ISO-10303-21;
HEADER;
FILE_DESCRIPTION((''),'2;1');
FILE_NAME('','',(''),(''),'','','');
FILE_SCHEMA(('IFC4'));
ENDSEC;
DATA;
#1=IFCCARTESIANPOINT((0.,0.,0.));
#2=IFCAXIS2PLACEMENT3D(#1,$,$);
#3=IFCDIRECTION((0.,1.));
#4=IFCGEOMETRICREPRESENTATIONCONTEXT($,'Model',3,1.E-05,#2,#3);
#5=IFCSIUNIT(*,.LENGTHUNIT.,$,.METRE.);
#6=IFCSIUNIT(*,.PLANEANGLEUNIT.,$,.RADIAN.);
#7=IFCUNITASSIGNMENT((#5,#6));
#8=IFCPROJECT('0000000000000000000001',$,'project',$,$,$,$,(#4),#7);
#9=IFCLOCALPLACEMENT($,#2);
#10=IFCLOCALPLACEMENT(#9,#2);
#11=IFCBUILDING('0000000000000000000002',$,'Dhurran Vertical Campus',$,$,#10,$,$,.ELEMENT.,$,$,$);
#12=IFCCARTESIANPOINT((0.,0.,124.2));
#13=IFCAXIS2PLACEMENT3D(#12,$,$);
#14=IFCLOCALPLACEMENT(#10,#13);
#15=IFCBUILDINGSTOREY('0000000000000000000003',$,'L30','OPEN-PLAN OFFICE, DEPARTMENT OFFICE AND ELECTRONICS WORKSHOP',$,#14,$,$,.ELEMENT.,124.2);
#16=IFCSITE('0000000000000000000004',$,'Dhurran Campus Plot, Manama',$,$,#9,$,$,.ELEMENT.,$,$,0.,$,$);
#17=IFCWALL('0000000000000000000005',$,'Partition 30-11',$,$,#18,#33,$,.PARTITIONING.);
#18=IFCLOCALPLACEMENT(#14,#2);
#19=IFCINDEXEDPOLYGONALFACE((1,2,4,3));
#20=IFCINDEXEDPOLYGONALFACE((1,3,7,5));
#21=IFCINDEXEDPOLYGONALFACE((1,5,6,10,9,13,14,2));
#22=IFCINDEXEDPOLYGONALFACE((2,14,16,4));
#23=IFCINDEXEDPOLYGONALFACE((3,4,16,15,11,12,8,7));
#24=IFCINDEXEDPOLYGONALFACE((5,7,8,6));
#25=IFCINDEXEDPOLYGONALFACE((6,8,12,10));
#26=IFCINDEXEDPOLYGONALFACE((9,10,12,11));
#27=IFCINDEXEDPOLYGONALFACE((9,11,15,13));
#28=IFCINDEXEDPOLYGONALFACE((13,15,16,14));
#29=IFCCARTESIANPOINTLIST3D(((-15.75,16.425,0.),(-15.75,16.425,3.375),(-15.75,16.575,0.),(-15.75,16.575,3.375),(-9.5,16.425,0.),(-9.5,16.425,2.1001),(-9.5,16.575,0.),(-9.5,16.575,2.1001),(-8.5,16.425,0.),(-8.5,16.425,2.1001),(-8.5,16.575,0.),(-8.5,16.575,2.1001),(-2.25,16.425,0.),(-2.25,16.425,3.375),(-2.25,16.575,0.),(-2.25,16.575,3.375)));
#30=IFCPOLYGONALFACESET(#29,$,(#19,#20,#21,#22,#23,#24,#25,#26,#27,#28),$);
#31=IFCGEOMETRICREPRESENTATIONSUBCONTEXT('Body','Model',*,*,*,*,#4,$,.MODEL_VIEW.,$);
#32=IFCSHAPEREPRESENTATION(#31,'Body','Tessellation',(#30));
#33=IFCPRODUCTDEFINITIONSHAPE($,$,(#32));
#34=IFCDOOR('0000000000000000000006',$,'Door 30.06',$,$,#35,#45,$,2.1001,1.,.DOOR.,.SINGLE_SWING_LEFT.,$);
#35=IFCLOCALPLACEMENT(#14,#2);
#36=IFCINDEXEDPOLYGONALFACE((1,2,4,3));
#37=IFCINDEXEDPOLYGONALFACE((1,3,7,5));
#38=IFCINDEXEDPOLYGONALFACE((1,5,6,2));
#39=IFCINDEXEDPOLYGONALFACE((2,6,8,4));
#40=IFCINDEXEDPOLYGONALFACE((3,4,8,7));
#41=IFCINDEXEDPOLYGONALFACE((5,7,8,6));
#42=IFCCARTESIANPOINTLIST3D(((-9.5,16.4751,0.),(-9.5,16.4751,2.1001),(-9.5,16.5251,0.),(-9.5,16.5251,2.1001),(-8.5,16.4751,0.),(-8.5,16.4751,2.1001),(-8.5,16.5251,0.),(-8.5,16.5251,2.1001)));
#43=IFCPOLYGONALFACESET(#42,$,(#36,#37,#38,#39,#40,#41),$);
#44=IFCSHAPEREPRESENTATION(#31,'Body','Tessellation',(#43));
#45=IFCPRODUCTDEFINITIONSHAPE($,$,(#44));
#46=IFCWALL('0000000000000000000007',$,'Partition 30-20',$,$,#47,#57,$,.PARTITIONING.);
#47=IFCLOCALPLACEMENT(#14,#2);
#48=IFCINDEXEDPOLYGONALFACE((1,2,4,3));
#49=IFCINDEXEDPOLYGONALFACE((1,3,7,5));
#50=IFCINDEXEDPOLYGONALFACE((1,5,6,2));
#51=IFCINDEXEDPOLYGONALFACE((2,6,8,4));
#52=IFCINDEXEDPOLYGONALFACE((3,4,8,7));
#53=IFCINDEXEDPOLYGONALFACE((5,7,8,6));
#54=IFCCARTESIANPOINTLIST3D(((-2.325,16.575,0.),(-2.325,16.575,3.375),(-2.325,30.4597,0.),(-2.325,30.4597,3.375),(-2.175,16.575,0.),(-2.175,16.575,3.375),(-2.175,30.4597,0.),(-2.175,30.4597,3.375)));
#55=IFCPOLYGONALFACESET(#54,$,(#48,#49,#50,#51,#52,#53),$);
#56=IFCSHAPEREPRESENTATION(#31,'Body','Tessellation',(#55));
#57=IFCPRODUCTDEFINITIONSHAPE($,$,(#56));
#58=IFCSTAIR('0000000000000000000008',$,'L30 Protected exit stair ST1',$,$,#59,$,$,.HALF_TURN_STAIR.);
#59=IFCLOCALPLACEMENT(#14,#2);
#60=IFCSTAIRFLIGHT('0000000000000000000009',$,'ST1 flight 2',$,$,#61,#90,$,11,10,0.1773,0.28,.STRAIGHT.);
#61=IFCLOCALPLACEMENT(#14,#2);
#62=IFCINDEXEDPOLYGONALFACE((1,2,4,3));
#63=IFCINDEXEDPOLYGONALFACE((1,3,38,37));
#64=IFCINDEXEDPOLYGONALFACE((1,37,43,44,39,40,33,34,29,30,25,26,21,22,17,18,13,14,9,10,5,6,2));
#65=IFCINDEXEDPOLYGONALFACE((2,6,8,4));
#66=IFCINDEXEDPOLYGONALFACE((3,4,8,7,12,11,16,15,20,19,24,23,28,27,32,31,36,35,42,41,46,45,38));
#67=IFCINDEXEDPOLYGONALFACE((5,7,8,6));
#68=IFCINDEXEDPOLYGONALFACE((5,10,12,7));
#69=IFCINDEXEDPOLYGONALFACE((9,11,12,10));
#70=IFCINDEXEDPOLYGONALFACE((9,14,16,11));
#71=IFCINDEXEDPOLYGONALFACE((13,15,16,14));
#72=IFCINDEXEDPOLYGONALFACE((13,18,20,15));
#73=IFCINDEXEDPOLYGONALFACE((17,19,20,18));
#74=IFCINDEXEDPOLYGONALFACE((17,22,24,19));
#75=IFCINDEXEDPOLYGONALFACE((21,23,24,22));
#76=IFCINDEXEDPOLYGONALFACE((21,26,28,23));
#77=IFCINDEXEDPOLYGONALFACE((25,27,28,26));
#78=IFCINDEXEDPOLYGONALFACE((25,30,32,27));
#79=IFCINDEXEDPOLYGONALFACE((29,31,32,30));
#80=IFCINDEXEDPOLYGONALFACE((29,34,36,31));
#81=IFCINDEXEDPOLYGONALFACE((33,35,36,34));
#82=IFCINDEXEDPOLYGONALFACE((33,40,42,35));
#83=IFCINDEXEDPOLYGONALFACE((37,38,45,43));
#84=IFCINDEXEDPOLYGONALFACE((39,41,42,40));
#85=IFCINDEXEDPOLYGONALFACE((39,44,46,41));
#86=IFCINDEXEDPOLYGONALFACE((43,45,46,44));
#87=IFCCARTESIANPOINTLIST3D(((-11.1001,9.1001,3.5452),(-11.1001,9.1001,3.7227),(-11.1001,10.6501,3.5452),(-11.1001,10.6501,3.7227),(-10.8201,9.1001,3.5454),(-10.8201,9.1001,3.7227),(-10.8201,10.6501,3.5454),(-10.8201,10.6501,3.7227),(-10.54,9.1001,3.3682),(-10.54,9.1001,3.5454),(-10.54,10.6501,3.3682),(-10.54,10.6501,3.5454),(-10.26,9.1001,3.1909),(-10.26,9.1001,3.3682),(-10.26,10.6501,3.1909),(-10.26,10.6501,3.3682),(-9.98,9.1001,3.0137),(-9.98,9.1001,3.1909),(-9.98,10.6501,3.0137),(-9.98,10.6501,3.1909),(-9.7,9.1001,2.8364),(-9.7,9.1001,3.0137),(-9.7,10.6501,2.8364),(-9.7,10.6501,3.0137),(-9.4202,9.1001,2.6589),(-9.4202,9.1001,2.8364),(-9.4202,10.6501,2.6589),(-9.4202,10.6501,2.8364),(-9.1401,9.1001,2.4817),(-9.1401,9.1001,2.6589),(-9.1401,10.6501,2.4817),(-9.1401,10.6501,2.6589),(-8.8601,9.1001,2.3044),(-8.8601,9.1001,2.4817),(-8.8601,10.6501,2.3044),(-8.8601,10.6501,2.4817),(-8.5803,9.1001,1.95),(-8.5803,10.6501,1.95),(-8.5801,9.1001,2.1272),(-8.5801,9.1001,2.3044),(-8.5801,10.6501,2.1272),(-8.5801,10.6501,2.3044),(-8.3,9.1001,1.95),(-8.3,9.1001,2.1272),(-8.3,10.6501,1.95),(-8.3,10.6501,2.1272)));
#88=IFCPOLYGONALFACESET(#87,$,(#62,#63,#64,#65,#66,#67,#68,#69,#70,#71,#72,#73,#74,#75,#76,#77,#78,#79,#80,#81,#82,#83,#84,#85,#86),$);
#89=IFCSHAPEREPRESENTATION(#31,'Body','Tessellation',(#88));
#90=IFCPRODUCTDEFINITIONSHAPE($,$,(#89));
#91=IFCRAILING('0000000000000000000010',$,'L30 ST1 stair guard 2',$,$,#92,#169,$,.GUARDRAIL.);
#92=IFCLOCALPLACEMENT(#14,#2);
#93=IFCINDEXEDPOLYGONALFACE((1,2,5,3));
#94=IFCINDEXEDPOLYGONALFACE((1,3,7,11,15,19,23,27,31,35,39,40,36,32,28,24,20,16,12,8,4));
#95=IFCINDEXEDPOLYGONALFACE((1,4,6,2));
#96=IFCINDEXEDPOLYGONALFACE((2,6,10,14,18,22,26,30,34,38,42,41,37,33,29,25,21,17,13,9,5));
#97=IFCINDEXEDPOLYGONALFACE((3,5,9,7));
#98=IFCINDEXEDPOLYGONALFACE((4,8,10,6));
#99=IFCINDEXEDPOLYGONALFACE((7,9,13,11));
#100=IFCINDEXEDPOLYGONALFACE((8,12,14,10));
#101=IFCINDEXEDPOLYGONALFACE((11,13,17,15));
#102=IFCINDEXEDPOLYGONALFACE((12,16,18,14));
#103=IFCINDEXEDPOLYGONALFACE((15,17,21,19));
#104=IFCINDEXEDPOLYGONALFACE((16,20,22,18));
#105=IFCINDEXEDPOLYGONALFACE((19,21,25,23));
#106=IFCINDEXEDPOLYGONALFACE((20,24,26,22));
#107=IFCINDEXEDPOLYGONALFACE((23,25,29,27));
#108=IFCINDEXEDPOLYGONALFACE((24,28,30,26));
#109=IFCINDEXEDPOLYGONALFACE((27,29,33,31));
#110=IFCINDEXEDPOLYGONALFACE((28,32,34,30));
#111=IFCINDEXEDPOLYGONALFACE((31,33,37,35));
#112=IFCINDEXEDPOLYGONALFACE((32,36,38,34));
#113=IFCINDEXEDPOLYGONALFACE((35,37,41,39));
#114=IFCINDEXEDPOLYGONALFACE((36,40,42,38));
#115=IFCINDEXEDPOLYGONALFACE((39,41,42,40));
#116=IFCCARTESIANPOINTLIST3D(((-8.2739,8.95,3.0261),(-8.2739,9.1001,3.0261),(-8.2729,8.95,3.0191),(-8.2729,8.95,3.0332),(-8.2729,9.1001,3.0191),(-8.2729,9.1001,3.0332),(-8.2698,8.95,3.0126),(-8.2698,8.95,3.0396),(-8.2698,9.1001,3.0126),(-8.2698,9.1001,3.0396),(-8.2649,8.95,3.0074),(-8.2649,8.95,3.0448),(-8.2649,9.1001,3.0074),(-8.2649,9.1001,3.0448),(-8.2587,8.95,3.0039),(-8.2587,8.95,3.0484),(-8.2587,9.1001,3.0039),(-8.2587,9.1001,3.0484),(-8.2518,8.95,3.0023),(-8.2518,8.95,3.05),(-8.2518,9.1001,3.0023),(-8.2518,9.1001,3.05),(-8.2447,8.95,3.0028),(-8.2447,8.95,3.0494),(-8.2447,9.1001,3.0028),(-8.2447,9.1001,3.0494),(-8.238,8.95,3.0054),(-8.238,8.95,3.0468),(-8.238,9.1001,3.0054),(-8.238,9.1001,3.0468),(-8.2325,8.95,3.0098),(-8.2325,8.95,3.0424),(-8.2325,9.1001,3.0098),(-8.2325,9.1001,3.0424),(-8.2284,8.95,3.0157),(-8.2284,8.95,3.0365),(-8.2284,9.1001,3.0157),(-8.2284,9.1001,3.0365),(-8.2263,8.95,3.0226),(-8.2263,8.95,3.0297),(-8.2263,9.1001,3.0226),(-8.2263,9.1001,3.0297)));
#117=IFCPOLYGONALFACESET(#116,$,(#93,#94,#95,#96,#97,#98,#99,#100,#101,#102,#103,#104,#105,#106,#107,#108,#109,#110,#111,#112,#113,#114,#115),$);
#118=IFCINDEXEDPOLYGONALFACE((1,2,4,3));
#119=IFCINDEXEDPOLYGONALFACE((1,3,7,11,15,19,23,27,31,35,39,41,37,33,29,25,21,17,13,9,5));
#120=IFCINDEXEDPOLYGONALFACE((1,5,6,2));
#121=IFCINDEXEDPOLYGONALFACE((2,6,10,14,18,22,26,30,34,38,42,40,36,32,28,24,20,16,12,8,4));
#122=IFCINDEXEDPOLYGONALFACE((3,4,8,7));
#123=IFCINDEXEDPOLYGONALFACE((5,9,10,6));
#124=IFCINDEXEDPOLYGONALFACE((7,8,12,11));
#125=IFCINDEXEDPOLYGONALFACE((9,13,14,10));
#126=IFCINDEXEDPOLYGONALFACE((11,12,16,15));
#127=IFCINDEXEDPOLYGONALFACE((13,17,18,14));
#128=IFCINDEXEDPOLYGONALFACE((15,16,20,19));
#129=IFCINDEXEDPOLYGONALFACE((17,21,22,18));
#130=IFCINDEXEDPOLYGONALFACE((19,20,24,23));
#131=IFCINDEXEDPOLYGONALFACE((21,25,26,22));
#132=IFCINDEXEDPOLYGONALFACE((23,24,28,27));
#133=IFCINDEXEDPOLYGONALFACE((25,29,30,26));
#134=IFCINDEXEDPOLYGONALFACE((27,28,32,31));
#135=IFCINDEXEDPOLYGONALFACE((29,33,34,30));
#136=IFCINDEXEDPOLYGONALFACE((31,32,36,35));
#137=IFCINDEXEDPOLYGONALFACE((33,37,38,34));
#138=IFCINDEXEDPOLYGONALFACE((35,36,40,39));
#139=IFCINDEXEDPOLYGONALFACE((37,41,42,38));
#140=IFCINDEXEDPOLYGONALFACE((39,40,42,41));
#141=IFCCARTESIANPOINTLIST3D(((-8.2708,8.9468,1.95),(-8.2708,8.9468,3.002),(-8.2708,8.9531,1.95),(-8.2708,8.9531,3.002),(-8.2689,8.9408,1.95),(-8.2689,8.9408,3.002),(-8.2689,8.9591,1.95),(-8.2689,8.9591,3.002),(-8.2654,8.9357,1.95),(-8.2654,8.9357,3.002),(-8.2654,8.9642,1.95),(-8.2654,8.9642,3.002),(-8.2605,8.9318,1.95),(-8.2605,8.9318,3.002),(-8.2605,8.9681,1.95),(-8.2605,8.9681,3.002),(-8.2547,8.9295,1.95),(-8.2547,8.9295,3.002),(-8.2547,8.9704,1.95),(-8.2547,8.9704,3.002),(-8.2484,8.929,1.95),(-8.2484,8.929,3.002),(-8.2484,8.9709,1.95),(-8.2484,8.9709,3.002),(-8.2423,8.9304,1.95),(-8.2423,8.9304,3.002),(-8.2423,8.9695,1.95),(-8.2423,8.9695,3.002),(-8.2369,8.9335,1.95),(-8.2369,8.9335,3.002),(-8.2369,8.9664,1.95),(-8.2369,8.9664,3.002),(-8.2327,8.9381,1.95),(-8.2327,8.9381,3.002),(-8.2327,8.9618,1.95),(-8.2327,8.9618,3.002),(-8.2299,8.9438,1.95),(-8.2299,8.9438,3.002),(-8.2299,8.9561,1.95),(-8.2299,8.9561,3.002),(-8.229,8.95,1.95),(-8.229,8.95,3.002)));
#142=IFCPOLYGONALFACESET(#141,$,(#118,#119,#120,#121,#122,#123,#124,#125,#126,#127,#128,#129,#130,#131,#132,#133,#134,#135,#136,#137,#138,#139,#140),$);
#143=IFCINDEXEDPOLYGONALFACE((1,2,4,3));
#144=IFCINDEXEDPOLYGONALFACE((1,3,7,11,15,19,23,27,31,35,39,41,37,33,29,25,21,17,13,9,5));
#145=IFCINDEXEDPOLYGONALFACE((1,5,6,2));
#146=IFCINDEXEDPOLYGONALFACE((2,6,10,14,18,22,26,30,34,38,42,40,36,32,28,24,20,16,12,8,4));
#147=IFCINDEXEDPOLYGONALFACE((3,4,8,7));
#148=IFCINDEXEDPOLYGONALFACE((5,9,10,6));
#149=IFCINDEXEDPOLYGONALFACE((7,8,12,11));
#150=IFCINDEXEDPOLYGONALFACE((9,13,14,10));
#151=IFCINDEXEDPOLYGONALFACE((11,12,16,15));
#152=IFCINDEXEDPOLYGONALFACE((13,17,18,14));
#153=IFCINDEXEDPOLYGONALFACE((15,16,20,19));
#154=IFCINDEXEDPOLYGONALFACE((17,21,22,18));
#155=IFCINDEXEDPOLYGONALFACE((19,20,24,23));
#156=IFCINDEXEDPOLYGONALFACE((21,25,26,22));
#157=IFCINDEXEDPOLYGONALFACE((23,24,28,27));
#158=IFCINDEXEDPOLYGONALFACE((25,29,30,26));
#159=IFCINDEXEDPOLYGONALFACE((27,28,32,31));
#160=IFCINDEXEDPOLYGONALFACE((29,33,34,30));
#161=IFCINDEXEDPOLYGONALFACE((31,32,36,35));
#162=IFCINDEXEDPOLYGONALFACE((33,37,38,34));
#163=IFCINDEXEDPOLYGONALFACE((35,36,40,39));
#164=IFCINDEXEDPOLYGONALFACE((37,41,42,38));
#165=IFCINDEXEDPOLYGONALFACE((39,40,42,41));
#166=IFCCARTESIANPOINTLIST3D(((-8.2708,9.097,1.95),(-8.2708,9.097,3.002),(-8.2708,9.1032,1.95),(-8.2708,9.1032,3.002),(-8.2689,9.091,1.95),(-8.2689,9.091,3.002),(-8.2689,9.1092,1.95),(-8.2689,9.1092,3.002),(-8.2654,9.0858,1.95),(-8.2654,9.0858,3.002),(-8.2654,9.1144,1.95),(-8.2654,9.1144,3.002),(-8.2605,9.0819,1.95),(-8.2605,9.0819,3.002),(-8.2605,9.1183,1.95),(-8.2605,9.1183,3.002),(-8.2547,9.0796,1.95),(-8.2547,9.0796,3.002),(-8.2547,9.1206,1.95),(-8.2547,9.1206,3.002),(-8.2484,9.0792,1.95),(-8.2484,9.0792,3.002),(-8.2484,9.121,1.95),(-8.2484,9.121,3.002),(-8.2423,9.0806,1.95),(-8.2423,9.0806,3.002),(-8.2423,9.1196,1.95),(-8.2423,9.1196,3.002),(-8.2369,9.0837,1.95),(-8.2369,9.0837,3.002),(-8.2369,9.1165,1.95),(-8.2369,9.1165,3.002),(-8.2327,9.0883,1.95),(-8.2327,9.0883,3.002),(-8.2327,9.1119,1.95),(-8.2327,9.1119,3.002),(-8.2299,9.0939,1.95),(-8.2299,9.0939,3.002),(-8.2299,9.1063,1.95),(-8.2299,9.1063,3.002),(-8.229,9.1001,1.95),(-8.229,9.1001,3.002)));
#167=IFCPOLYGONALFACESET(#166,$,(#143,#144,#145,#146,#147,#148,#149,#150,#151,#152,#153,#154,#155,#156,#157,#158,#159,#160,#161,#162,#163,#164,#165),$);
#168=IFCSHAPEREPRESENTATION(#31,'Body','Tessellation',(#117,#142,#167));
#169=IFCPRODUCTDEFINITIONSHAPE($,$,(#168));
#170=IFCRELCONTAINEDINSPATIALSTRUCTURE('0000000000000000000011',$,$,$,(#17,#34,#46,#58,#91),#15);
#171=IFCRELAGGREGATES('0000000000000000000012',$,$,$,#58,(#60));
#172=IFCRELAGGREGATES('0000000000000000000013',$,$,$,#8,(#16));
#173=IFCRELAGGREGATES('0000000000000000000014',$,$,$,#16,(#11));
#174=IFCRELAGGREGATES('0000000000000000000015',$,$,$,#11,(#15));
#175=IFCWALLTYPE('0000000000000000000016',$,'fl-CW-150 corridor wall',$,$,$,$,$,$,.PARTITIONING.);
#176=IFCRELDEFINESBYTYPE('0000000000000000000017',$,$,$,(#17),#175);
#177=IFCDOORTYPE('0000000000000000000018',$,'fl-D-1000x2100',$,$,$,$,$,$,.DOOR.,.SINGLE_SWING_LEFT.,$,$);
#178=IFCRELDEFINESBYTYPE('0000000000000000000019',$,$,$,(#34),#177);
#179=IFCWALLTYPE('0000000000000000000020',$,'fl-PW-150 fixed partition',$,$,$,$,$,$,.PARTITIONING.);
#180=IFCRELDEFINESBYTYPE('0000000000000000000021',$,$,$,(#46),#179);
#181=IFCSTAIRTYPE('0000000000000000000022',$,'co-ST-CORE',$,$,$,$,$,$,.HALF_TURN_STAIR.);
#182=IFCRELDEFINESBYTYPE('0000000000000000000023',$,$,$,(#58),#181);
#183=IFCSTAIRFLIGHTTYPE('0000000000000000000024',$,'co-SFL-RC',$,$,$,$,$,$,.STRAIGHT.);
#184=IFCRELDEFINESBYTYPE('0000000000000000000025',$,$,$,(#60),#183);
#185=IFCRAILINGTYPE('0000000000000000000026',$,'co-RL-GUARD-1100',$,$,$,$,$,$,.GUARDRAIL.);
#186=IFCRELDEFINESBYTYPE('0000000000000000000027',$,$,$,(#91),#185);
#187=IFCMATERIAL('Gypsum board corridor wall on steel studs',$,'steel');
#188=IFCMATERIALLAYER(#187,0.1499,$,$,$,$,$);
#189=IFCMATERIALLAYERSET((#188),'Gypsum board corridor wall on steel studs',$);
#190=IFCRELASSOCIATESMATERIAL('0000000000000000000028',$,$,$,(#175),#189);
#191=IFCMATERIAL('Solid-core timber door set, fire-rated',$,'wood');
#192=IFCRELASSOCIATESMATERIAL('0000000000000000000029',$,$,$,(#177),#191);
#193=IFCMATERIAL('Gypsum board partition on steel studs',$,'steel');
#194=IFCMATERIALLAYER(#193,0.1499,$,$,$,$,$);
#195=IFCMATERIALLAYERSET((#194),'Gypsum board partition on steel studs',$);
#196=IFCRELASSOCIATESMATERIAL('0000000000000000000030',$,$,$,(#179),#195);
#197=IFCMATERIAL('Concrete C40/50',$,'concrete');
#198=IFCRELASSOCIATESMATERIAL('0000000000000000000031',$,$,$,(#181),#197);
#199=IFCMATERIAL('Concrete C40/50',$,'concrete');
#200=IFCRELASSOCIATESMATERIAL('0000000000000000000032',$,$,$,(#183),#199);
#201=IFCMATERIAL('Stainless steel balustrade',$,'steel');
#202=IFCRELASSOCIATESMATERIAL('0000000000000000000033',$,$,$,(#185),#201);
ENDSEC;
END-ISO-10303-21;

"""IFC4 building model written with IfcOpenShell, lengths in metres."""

from ifc_helpers import new_model, si_unit, direction, frame, frame_2d, origin, origin_2d, place, context, subcontext, project, spatial, polyline, rectangle, circle, outline, extrude, material, layer, layer_set, type_object, element, fill, aggregate, save


model = new_model("IFC4")

# Units and contexts
model_context = context("Model", 3, precision=1e-05, world=origin(), true_north=direction((0.0, 1.0)))
body_context = subcontext(model_context, "Body", "Model", "MODEL_VIEW")
ifc_project = project(units=[si_unit("LENGTHUNIT", "METRE"), si_unit("PLANEANGLEUNIT", "RADIAN")], contexts=[model_context])

# Site, building, storey
site_placement = place(None, origin())
site = spatial("IfcSite", under=ifc_project, at=site_placement, Name="Dhurran Campus Plot, Manama", CompositionType="ELEMENT", RefElevation=0.0)
building_placement = place(site_placement, origin())
building = spatial("IfcBuilding", under=site, at=building_placement, Name="Dhurran Vertical Campus", CompositionType="ELEMENT")
storey_placement = place(building_placement, frame((0.0, 0.0, 124.2)))
storey = spatial("IfcBuildingStorey", under=building, at=storey_placement, Name="L30", Description="OPEN-PLAN OFFICE, DEPARTMENT OFFICE AND ELECTRONICS WORKSHOP", CompositionType="ELEMENT", Elevation=124.2)

# Wall, opening, door
ifc_material_1 = material(Name="Gypsum board corridor wall on steel studs", Category="steel")
ifc_layer_1 = layer(ifc_material_1, 0.1499)
ifc_layer_set_1 = layer_set([ifc_layer_1], Name="Gypsum board corridor wall on steel studs")
wall_type_1 = type_object("IfcWallType", Name="fl-CW-150 corridor wall", PredefinedType="PARTITIONING", material=ifc_layer_set_1)
wall_1_placement = place(storey_placement, frame((-2.25, 16.5, 0.0), z_axis=(0.0, 0.0, 1.0), x_axis=(-1.0, 0.0, 0.0)))
wall_1 = element("IfcWall", 1, at=wall_1_placement, inside=storey, type_object=wall_type_1, Name="Partition 30-11", PredefinedType="PARTITIONING", context=body_context, shape_type="SweptSolid", body=[
    extrude(rectangle(XDim=13.5, YDim=0.1499, at=frame_2d((6.75, 0.0))), origin(), (0.0, 0.0, 1.0), 3.375),
])
opening_1_placement = place(wall_1_placement, frame((6.25, 0.0, 0.0)))
opening_1 = element("IfcOpeningElement", 2, at=opening_1_placement, cuts=wall_1, PredefinedType="OPENING", context=body_context, shape_type="SweptSolid", body=[
    extrude(rectangle(XDim=1.0, YDim=2.1001, at=frame_2d((0.5, 1.05))), frame((0.0, 0.085, 0.0), z_axis=(0.0, -1.0, 0.0), x_axis=(1.0, 0.0, 0.0)), (0.0, 0.0, 1.0), 0.1699),
])
ifc_material_2 = material(Name="Solid-core timber door set, fire-rated", Category="wood")
door_type_1 = type_object("IfcDoorType", Name="fl-D-1000x2100", OperationType="SINGLE_SWING_LEFT", PredefinedType="DOOR", material=ifc_material_2)
door_1_placement = place(opening_1_placement, origin())
door_1 = element("IfcDoor", 3, at=door_1_placement, inside=storey, type_object=door_type_1, Name="Door 30.06", OperationType="SINGLE_SWING_LEFT", OverallHeight=2.1001, OverallWidth=1.0, PredefinedType="DOOR", context=body_context, shape_type="SweptSolid", body=[
    extrude(rectangle(XDim=1.0, YDim=2.1001, at=frame_2d((0.5, 1.05))), frame((0.0, 0.0249, 0.0), z_axis=(0.0, -1.0, 0.0), x_axis=(1.0, 0.0, 0.0)), (0.0, 0.0, 1.0), 0.05),
])
fill(opening_1, door_1)

# Wall
ifc_material_3 = material(Name="Gypsum board partition on steel studs", Category="steel")
ifc_layer_2 = layer(ifc_material_3, 0.1499)
ifc_layer_set_2 = layer_set([ifc_layer_2], Name="Gypsum board partition on steel studs")
wall_type_2 = type_object("IfcWallType", Name="fl-PW-150 fixed partition", PredefinedType="PARTITIONING", material=ifc_layer_set_2)
wall_2_placement = place(storey_placement, frame((-2.25, 30.4597, 0.0), z_axis=(0.0, 0.0, 1.0), x_axis=(0.0, -1.0, 0.0)))
element("IfcWall", 4, at=wall_2_placement, inside=storey, type_object=wall_type_2, Name="Partition 30-20", PredefinedType="PARTITIONING", context=body_context, shape_type="SweptSolid", body=[
    extrude(rectangle(XDim=13.8848, YDim=0.1499, at=frame_2d((6.9424, 0.0))), origin(), (0.0, 0.0, 1.0), 3.375),
])

# Stair, stair flight
ifc_material_4 = material(Name="Concrete C40/50", Category="concrete")
stair_type = type_object("IfcStairType", Name="co-ST-CORE", PredefinedType="HALF_TURN_STAIR", material=ifc_material_4)
stair_placement = place(storey_placement, origin())
stair = element("IfcStair", 5, at=stair_placement, inside=storey, type_object=stair_type, Name="L30 Protected exit stair ST1", PredefinedType="HALF_TURN_STAIR")
ifc_material_5 = material(Name="Concrete C40/50", Category="concrete")
stair_flight_type = type_object("IfcStairFlightType", Name="co-SFL-RC", PredefinedType="STRAIGHT", material=ifc_material_5)
stair_flight_placement = place(storey_placement, frame((-8.3, 9.875, 1.95), z_axis=(0.0, 0.0, 1.0), x_axis=(-1.0, 0.0, 0.0)))
stair_flight = element("IfcStairFlight", 6, at=stair_flight_placement, type_object=stair_flight_type, Name="ST1 flight 2", NumberOfRisers=11, NumberOfTreads=10, PredefinedType="STRAIGHT", RiserHeight=0.1773, TreadLength=0.28, context=body_context, shape_type="SweptSolid", body=[
    extrude(outline(polyline([(0.0, 0.0), (0.0, 0.1772), (0.28, 0.1772), (0.28, 0.3545), (0.5601, 0.3545), (0.5601, 0.5317), (0.8401, 0.5317), (0.8401, 0.709), (1.1201, 0.709), (1.1201, 0.8865), (1.3999, 0.8865), (1.3999, 1.0637), (1.6799, 1.0637), (1.6799, 1.241), (1.96, 1.241), (1.96, 1.4182), (2.24, 1.4182), (2.24, 1.5955), (2.52, 1.5955), (2.52, 1.7727), (2.8, 1.7727), (2.8, 1.95), (2.8, 1.5952), (0.2803, 0.0), (0.0, 0.0)])), frame((0.0, 0.7749, 0.0), z_axis=(0.0, -1.0, 0.0), x_axis=(1.0, 0.0, 0.0)), (0.0, 0.0, 1.0), 1.55),
])
aggregate(stair, [stair_flight])

# Railing
ifc_material_6 = material(Name="Stainless steel balustrade", Category="steel")
railing_type_1 = type_object("IfcRailingType", Name="co-RL-GUARD-1100", PredefinedType="GUARDRAIL", material=ifc_material_6)
railing_1_placement = place(storey_placement, frame((-8.25, 8.95, 1.95)))
element("IfcRailing", 7, at=railing_1_placement, inside=storey, type_object=railing_type_1, Name="L30 ST1 stair guard 2", PredefinedType="GUARDRAIL", context=body_context, shape_type="SweptSolid", body=[
    extrude(circle(Radius=0.0239, at=origin_2d()), frame((0.0, 0.0, 1.0762), z_axis=(0.0, 1.0, 0.0), x_axis=(-1.0, 0.0, 0.0)), (0.0, 0.0, 1.0), 0.1501),
    extrude(circle(Radius=0.021, at=origin_2d()), origin(), (0.0, 0.0, 1.0), 1.052),
    extrude(circle(Radius=0.021, at=origin_2d()), frame((0.0, 0.1501, 0.0)), (0.0, 0.0, 1.0), 1.052),
])

save(model, "model.ifc")
